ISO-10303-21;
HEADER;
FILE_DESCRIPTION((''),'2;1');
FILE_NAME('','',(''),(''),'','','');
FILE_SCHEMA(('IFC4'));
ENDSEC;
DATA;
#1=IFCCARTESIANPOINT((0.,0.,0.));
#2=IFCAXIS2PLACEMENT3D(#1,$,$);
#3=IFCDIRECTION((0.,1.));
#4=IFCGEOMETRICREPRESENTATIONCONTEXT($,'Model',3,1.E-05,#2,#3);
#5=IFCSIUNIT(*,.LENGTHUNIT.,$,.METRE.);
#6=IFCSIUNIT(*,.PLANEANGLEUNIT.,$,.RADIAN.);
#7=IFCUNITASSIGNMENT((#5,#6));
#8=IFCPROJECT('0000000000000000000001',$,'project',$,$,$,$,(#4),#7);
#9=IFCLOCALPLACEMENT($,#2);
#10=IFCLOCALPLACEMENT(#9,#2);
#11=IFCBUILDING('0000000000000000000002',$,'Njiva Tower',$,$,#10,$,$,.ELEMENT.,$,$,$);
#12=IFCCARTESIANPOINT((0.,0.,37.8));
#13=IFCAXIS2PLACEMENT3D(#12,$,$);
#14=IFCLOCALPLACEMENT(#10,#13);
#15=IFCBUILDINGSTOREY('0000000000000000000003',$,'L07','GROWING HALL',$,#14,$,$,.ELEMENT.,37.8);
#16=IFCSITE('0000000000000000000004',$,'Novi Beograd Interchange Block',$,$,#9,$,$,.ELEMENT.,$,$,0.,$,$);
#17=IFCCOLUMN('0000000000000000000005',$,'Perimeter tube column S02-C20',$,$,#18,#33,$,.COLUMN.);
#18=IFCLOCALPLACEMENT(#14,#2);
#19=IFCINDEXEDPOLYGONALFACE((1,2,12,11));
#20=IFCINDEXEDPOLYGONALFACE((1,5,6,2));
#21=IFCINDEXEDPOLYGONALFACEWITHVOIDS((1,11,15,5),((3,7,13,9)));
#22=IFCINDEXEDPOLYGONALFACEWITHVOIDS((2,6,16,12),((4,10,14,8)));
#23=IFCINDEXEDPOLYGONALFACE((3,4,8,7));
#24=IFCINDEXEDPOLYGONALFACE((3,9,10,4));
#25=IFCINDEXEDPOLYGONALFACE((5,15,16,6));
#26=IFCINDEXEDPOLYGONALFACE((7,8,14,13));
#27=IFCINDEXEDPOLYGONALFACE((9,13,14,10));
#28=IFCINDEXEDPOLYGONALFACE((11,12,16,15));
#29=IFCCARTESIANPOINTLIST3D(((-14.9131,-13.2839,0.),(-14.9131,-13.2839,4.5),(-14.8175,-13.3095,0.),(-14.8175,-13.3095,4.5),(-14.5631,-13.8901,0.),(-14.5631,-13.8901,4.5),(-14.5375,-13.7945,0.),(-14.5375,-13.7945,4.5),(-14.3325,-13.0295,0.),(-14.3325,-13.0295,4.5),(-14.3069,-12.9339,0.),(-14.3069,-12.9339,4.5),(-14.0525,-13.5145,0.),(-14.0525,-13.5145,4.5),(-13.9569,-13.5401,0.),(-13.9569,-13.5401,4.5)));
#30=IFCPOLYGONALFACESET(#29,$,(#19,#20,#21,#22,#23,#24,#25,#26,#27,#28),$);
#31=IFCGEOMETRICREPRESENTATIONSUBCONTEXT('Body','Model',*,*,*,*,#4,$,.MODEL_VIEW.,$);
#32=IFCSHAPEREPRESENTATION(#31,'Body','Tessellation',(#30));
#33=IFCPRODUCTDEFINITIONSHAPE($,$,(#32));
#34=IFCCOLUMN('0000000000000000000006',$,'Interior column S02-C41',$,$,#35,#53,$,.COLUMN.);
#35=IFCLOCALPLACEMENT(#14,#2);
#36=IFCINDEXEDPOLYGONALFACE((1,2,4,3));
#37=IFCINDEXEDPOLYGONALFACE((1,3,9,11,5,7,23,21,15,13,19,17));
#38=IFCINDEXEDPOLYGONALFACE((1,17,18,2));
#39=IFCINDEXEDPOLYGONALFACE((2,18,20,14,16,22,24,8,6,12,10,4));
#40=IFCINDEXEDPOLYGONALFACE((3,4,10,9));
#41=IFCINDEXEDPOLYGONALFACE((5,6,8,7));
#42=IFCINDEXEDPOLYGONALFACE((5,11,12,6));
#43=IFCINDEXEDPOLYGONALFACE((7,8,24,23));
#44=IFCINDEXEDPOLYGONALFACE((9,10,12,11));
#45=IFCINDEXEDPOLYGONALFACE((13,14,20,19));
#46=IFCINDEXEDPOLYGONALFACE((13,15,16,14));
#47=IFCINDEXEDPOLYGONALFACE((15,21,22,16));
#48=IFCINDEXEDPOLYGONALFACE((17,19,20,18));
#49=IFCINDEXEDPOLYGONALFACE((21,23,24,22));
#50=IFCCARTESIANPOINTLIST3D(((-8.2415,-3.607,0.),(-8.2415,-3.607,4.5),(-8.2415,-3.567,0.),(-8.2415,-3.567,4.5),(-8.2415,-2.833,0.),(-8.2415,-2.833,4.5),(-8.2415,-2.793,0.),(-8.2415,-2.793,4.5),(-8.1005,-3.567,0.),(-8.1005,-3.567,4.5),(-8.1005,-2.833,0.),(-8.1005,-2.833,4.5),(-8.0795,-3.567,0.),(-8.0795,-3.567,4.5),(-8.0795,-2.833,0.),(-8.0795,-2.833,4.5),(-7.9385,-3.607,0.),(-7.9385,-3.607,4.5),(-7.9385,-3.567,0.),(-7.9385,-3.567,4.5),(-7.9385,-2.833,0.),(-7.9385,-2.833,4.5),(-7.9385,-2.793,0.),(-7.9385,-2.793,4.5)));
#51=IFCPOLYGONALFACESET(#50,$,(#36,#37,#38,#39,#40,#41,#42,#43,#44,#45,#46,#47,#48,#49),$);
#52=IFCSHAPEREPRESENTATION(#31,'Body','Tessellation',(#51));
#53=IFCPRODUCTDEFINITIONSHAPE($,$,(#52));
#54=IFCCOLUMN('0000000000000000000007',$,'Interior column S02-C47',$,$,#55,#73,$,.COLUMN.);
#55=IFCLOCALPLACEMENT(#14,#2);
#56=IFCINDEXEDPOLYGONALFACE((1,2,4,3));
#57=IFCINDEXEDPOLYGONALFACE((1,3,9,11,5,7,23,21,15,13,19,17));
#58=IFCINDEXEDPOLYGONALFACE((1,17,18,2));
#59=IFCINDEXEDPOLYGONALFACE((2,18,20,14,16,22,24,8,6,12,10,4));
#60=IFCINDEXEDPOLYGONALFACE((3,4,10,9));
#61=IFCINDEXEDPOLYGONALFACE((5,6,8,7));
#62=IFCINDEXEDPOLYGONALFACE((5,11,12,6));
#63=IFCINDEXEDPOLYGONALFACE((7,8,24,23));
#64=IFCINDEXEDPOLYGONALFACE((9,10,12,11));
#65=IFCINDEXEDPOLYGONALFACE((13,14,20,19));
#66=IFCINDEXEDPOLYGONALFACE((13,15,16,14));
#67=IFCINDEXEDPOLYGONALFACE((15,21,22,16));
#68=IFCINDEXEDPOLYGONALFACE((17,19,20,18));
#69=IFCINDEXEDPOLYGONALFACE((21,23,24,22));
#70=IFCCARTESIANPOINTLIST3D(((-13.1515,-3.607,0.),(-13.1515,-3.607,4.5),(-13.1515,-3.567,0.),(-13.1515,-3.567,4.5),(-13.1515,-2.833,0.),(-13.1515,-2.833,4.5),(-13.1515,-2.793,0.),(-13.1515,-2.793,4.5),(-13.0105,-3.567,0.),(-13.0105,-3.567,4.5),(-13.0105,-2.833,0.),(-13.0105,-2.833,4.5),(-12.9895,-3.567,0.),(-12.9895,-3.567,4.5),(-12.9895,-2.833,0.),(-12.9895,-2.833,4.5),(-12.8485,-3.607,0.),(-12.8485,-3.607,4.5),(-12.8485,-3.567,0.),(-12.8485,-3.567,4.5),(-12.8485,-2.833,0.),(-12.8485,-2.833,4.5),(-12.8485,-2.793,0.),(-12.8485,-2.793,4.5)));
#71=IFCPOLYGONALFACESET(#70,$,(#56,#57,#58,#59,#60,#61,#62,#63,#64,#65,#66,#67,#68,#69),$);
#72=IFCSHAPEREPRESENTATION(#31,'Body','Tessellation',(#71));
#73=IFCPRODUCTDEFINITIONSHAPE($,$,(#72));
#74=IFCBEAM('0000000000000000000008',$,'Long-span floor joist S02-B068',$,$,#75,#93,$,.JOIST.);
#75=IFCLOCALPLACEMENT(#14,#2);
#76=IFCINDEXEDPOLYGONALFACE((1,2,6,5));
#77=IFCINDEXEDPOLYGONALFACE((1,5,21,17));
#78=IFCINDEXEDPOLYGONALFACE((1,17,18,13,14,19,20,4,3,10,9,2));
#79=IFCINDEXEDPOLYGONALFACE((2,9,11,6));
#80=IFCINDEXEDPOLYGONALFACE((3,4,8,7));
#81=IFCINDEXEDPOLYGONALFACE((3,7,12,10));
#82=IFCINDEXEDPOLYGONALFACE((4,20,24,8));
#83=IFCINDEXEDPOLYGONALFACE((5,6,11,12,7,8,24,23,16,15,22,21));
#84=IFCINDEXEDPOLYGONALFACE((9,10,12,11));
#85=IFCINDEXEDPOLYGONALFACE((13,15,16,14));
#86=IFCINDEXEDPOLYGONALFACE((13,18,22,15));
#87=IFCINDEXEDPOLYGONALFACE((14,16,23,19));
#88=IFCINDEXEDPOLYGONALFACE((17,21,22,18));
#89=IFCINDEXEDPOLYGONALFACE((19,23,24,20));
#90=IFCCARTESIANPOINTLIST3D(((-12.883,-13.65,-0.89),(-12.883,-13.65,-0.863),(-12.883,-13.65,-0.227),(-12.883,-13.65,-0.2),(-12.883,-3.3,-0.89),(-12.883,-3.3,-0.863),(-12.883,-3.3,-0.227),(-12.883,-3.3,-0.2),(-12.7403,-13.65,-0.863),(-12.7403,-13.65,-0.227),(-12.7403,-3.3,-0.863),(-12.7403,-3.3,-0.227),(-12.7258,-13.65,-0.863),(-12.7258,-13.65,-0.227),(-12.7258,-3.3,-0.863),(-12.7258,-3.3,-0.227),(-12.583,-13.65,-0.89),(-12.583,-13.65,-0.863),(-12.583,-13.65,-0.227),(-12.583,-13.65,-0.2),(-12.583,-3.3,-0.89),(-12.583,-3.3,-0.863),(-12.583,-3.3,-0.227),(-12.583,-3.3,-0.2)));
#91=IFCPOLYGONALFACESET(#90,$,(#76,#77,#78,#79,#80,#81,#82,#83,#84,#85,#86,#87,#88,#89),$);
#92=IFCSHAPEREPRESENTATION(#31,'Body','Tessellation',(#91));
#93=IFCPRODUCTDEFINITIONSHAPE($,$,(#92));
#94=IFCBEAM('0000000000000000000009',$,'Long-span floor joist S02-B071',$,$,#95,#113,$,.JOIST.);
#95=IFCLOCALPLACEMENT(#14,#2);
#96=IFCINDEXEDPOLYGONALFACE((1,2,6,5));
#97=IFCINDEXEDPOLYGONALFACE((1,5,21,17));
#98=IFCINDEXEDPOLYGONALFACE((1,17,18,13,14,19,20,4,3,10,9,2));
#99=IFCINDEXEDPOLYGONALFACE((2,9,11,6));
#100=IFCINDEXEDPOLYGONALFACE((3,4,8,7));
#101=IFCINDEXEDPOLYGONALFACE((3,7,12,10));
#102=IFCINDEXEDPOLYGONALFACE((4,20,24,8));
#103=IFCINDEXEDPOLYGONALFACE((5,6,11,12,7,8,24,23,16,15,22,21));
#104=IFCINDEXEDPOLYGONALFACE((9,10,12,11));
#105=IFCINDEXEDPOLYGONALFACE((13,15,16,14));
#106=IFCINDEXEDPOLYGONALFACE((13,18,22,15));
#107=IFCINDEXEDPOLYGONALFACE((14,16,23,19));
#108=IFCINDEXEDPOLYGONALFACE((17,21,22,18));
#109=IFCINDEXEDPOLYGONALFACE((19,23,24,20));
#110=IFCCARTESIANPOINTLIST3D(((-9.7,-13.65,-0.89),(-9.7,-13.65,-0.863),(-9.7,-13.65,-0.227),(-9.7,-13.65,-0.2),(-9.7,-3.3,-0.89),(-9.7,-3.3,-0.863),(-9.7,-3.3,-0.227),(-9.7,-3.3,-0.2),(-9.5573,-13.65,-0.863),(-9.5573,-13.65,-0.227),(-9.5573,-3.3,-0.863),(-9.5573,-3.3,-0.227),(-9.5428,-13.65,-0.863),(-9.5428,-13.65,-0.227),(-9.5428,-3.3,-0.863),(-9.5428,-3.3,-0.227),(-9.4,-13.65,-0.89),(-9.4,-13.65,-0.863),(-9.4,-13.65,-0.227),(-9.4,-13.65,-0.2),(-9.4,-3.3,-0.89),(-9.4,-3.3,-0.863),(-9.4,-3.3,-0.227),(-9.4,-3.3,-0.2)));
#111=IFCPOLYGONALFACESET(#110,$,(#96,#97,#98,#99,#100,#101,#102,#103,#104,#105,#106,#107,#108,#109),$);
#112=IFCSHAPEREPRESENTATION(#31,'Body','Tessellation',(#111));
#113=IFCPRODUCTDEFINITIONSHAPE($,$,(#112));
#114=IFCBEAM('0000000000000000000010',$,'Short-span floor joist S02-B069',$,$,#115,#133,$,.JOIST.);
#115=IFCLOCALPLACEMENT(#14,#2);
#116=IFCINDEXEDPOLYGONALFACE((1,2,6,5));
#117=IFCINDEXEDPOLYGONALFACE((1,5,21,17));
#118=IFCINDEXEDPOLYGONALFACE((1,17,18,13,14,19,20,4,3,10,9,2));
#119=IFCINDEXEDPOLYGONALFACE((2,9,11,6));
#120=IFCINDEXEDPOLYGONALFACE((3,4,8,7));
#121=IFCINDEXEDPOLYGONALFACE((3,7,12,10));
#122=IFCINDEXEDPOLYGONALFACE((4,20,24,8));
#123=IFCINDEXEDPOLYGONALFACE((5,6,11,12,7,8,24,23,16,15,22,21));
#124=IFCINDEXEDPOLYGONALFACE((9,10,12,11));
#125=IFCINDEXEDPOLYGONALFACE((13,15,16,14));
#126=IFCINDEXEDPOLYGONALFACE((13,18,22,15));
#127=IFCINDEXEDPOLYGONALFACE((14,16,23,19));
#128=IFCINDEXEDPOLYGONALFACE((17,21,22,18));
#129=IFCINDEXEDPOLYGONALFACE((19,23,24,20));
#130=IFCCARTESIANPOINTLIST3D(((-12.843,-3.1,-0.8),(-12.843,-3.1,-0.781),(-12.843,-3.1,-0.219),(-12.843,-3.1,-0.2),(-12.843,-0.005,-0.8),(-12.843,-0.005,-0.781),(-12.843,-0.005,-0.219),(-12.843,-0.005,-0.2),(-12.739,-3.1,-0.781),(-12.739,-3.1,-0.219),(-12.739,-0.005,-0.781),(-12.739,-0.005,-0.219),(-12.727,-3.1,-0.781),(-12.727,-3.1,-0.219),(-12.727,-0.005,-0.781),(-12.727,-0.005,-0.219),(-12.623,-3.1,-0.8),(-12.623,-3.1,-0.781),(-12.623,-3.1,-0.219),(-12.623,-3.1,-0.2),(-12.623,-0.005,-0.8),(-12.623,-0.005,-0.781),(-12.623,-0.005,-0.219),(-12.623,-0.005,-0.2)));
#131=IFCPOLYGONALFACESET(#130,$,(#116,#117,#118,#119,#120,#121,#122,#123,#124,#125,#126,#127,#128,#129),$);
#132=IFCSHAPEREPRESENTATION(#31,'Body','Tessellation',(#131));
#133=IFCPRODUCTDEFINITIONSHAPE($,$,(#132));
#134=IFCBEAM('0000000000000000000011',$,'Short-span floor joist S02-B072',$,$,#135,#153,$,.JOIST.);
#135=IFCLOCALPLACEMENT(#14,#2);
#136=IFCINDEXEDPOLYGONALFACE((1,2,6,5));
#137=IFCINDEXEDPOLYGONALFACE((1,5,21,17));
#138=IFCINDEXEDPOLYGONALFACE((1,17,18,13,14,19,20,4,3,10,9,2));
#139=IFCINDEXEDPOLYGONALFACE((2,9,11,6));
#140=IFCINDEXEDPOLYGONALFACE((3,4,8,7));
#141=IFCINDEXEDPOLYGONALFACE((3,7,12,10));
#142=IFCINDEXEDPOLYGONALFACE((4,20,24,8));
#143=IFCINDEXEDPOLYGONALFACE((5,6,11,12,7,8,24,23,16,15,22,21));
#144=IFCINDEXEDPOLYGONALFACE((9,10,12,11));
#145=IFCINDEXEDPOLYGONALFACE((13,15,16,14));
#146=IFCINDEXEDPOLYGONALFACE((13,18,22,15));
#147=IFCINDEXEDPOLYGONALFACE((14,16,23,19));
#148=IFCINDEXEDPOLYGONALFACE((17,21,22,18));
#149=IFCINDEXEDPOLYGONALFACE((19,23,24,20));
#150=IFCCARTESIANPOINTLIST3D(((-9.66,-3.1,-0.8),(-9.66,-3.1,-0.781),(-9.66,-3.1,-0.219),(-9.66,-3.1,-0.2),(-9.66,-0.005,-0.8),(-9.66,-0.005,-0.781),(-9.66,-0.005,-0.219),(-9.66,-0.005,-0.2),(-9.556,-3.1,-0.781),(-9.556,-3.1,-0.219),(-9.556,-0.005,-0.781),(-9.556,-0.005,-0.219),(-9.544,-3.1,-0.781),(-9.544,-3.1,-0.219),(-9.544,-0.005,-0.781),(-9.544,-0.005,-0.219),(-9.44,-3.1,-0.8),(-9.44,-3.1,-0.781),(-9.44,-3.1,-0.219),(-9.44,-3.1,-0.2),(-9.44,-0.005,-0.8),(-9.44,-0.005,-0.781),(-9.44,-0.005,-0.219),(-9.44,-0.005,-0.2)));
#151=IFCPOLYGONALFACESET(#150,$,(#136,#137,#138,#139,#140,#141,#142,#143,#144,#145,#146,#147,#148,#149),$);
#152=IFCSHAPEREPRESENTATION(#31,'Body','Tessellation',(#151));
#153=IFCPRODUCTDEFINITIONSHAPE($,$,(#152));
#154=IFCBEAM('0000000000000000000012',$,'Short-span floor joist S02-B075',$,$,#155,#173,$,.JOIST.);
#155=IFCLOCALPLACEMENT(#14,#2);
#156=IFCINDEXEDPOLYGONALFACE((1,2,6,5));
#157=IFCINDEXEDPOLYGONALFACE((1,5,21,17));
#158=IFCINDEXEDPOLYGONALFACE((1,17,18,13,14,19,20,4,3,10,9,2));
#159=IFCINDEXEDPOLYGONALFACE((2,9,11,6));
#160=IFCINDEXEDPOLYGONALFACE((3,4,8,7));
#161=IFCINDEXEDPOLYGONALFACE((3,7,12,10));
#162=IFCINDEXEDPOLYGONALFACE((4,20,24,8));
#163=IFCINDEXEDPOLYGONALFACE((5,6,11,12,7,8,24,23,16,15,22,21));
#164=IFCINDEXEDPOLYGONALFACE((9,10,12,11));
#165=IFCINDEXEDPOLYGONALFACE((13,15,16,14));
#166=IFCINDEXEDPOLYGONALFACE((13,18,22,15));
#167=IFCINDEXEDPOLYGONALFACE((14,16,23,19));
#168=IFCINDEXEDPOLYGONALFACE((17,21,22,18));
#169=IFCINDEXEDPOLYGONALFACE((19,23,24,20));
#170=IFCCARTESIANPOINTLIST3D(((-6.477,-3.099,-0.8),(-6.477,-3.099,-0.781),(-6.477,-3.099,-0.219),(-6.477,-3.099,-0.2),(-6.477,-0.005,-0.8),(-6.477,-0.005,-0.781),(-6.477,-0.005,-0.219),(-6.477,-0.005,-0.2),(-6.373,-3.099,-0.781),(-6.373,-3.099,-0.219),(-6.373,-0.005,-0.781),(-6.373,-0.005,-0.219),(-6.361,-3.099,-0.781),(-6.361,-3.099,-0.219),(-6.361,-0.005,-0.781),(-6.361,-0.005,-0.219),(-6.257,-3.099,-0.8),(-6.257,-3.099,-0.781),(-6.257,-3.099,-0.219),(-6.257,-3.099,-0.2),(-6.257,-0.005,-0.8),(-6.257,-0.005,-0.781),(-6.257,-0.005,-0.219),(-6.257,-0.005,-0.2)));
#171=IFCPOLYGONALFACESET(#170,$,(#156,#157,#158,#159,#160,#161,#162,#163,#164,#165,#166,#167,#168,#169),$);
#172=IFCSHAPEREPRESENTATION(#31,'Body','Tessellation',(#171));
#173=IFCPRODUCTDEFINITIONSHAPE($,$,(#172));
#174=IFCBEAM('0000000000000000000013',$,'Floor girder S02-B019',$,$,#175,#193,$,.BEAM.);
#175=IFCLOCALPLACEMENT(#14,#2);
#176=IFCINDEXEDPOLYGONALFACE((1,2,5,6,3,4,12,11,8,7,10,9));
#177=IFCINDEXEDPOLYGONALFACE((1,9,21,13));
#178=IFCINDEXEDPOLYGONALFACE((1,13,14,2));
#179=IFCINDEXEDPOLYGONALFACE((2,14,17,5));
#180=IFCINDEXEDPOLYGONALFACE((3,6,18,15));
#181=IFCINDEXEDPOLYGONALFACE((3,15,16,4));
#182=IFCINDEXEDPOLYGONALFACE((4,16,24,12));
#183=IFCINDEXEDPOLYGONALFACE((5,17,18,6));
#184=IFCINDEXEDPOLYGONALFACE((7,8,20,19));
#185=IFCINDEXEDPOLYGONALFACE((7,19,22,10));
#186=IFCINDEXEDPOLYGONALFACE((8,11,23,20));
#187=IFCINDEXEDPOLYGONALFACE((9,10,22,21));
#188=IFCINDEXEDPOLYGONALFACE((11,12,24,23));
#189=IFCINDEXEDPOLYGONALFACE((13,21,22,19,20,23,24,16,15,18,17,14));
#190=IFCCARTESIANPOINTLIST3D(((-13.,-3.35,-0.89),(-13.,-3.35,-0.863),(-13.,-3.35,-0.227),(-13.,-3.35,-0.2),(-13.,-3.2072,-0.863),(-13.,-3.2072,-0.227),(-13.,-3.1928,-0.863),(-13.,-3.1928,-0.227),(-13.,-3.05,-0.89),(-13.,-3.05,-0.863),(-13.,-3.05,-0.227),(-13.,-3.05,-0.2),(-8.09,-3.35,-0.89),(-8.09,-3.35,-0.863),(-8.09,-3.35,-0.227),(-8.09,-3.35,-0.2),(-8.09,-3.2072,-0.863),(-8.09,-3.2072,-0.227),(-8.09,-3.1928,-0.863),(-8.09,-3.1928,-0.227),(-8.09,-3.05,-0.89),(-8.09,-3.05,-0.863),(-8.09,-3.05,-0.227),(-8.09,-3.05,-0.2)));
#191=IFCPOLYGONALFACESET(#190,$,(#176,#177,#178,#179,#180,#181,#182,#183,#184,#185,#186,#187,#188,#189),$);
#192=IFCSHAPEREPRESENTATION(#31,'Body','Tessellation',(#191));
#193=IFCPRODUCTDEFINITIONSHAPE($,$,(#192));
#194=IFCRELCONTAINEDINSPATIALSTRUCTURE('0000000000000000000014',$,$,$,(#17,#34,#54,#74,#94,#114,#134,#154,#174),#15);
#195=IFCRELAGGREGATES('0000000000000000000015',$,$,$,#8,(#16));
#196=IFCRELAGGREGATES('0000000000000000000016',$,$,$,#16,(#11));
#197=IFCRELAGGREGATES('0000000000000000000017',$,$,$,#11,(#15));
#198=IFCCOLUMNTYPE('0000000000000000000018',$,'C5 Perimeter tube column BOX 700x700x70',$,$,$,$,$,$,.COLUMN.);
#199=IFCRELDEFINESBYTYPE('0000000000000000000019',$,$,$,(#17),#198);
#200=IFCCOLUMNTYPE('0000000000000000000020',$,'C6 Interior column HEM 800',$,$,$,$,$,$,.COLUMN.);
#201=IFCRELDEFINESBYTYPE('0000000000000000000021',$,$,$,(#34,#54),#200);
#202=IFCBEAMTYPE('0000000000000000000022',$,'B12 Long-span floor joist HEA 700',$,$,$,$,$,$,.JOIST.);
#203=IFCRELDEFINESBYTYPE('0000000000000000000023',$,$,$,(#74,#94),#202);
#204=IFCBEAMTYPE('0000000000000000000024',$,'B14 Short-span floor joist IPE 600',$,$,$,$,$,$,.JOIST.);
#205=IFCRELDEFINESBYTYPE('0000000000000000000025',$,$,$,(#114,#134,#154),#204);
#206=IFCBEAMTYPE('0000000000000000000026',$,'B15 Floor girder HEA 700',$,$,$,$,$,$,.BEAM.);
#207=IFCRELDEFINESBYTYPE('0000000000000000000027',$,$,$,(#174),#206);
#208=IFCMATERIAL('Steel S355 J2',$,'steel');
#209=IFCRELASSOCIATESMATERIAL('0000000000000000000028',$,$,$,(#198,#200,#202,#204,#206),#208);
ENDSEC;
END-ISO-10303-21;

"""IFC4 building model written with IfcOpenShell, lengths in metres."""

from ifc_helpers import new_model, si_unit, direction, frame, origin, origin_2d, place, context, subcontext, project, spatial, hollow_rectangle, i_section, extrude, material, material_profile, profile_set, type_object, element, save


model = new_model("IFC4")

# Units and contexts
model_context = context("Model", 3, precision=1e-05, world=origin(), true_north=direction((0.0, 1.0)))
body_context = subcontext(model_context, "Body", "Model", "MODEL_VIEW")
ifc_project = project(units=[si_unit("LENGTHUNIT", "METRE"), si_unit("PLANEANGLEUNIT", "RADIAN")], contexts=[model_context])

# Site, building, storey
site_placement = place(None, origin())
site = spatial("IfcSite", under=ifc_project, at=site_placement, Name="Novi Beograd Interchange Block", CompositionType="ELEMENT", RefElevation=0.0)
building_placement = place(site_placement, origin())
building = spatial("IfcBuilding", under=site, at=building_placement, Name="Njiva Tower", CompositionType="ELEMENT")
storey_placement = place(building_placement, frame((0.0, 0.0, 37.8)))
storey = spatial("IfcBuildingStorey", under=building, at=storey_placement, Name="L07", Description="GROWING HALL", CompositionType="ELEMENT", Elevation=37.8)

# Columns
ifc_material_1 = material(Name="Steel S355 J2", Category="steel")
ifc_material_profile_1 = material_profile(ifc_material_1, hollow_rectangle(XDim=0.7, YDim=0.7, WallThickness=0.07, at=origin_2d()), Name="BOX 700x700x70")
ifc_profile_set_1 = profile_set([ifc_material_profile_1], Name="Steel S355 J2")
column_type_1 = type_object("IfcColumnType", Name="C5 Perimeter tube column BOX 700x700x70", PredefinedType="COLUMN", material=ifc_profile_set_1)
column_placement = place(storey_placement, frame((-14.435, -13.412, 0.0), z_axis=(0.0, 0.0, 1.0), x_axis=(0.5, -0.866025, 0.0)))
element("IfcColumn", 1, at=column_placement, inside=storey, type_object=column_type_1, Name="Perimeter tube column S02-C20", PredefinedType="COLUMN", context=body_context, shape_type="SweptSolid", body=[
    extrude(hollow_rectangle(XDim=0.7, YDim=0.7, WallThickness=0.07, at=origin_2d()), origin(), (0.0, 0.0, 1.0), 4.5),
])
ifc_material_profile_2 = material_profile(ifc_material_1, i_section(OverallWidth=0.303, OverallDepth=0.814, WebThickness=0.021, FlangeThickness=0.04, at=origin_2d()), Name="HEM 800")
ifc_profile_set_2 = profile_set([ifc_material_profile_2], Name="Steel S355 J2")
column_type_2 = type_object("IfcColumnType", Name="C6 Interior column HEM 800", PredefinedType="COLUMN", material=ifc_profile_set_2)
for number, where, z_axis, x_axis, name in (
    (2, (-8.09, -3.2, 0.0), (0.0, 0.0, 1.0), (1.0, 0.0, 0.0), "Interior column S02-C41"),
    (3, (-13.0, -3.2, 0.0), (0.0, 0.0, 1.0), (1.0, 0.0, 0.0), "Interior column S02-C47"),
):
    element("IfcColumn", number, at=place(storey_placement, frame(where, z_axis=z_axis, x_axis=x_axis)), inside=storey, type_object=column_type_2, Name=name, PredefinedType="COLUMN", context=body_context, shape_type="SweptSolid", body=[
        extrude(i_section(OverallWidth=0.303, OverallDepth=0.814, WebThickness=0.021, FlangeThickness=0.04, at=origin_2d()), origin(), (0.0, 0.0, 1.0), 4.5),
    ])

# Beams
ifc_material_profile_3 = material_profile(ifc_material_1, i_section(OverallWidth=0.3, OverallDepth=0.69, WebThickness=0.0145, FlangeThickness=0.027, at=origin_2d()), Name="HEA 700")
ifc_profile_set_3 = profile_set([ifc_material_profile_3], Name="Steel S355 J2")
beam_type_1 = type_object("IfcBeamType", Name="B12 Long-span floor joist HEA 700", PredefinedType="JOIST", material=ifc_profile_set_3)
for number, where, z_axis, x_axis, name in (
    (4, (-12.733, -3.3, -0.545), (0.0, -1.0, 0.0), (1.0, 0.0, 0.0), "Long-span floor joist S02-B068"),
    (5, (-9.55, -3.3, -0.545), (0.0, -1.0, 0.0), (1.0, 0.0, 0.0), "Long-span floor joist S02-B071"),
):
    element("IfcBeam", number, at=place(storey_placement, frame(where, z_axis=z_axis, x_axis=x_axis)), inside=storey, type_object=beam_type_1, Name=name, PredefinedType="JOIST", context=body_context, shape_type="SweptSolid", body=[
        extrude(i_section(OverallWidth=0.3, OverallDepth=0.69, WebThickness=0.0145, FlangeThickness=0.027, at=origin_2d()), origin(), (0.0, 0.0, 1.0), 10.35),
    ])
ifc_material_profile_4 = material_profile(ifc_material_1, i_section(OverallWidth=0.22, OverallDepth=0.6, WebThickness=0.012, FlangeThickness=0.019, at=origin_2d()), Name="IPE 600")
ifc_profile_set_4 = profile_set([ifc_material_profile_4], Name="Steel S355 J2")
beam_type_2 = type_object("IfcBeamType", Name="B14 Short-span floor joist IPE 600", PredefinedType="JOIST", material=ifc_profile_set_4)
for number, where, z_axis, x_axis, name in (
    (6, (-12.733, -0.005, -0.5), (0.0, -1.0, 0.0), (1.0, 0.0, 0.0), "Short-span floor joist S02-B069"),
    (7, (-9.55, -0.005, -0.5), (0.0, -1.0, 0.0), (1.0, 0.0, 0.0), "Short-span floor joist S02-B072"),
):
    element("IfcBeam", number, at=place(storey_placement, frame(where, z_axis=z_axis, x_axis=x_axis)), inside=storey, type_object=beam_type_2, Name=name, PredefinedType="JOIST", context=body_context, shape_type="SweptSolid", body=[
        extrude(i_section(OverallWidth=0.22, OverallDepth=0.6, WebThickness=0.012, FlangeThickness=0.019, at=origin_2d()), origin(), (0.0, 0.0, 1.0), 3.095),
    ])
beam_1_placement = place(storey_placement, frame((-6.367, -0.005, -0.5), z_axis=(0.0, -1.0, 0.0), x_axis=(1.0, 0.0, 0.0)))
element("IfcBeam", 8, at=beam_1_placement, inside=storey, type_object=beam_type_2, Name="Short-span floor joist S02-B075", PredefinedType="JOIST", context=body_context, shape_type="SweptSolid", body=[
    extrude(i_section(OverallWidth=0.22, OverallDepth=0.6, WebThickness=0.012, FlangeThickness=0.019, at=origin_2d()), origin(), (0.0, 0.0, 1.0), 3.094),
])
ifc_material_profile_5 = material_profile(ifc_material_1, i_section(OverallWidth=0.3, OverallDepth=0.69, WebThickness=0.0145, FlangeThickness=0.027, at=origin_2d()), Name="HEA 700")
ifc_profile_set_5 = profile_set([ifc_material_profile_5], Name="Steel S355 J2")
beam_type_3 = type_object("IfcBeamType", Name="B15 Floor girder HEA 700", PredefinedType="BEAM", material=ifc_profile_set_5)
beam_2_placement = place(storey_placement, frame((-13.0, -3.2, -0.545), z_axis=(1.0, 0.0, 0.0), x_axis=(0.0, 1.0, 0.0)))
element("IfcBeam", 9, at=beam_2_placement, inside=storey, type_object=beam_type_3, Name="Floor girder S02-B019", PredefinedType="BEAM", context=body_context, shape_type="SweptSolid", body=[
    extrude(i_section(OverallWidth=0.3, OverallDepth=0.69, WebThickness=0.0145, FlangeThickness=0.027, at=origin_2d()), origin(), (0.0, 0.0, 1.0), 4.91),
])

save(model, "model.ifc")
